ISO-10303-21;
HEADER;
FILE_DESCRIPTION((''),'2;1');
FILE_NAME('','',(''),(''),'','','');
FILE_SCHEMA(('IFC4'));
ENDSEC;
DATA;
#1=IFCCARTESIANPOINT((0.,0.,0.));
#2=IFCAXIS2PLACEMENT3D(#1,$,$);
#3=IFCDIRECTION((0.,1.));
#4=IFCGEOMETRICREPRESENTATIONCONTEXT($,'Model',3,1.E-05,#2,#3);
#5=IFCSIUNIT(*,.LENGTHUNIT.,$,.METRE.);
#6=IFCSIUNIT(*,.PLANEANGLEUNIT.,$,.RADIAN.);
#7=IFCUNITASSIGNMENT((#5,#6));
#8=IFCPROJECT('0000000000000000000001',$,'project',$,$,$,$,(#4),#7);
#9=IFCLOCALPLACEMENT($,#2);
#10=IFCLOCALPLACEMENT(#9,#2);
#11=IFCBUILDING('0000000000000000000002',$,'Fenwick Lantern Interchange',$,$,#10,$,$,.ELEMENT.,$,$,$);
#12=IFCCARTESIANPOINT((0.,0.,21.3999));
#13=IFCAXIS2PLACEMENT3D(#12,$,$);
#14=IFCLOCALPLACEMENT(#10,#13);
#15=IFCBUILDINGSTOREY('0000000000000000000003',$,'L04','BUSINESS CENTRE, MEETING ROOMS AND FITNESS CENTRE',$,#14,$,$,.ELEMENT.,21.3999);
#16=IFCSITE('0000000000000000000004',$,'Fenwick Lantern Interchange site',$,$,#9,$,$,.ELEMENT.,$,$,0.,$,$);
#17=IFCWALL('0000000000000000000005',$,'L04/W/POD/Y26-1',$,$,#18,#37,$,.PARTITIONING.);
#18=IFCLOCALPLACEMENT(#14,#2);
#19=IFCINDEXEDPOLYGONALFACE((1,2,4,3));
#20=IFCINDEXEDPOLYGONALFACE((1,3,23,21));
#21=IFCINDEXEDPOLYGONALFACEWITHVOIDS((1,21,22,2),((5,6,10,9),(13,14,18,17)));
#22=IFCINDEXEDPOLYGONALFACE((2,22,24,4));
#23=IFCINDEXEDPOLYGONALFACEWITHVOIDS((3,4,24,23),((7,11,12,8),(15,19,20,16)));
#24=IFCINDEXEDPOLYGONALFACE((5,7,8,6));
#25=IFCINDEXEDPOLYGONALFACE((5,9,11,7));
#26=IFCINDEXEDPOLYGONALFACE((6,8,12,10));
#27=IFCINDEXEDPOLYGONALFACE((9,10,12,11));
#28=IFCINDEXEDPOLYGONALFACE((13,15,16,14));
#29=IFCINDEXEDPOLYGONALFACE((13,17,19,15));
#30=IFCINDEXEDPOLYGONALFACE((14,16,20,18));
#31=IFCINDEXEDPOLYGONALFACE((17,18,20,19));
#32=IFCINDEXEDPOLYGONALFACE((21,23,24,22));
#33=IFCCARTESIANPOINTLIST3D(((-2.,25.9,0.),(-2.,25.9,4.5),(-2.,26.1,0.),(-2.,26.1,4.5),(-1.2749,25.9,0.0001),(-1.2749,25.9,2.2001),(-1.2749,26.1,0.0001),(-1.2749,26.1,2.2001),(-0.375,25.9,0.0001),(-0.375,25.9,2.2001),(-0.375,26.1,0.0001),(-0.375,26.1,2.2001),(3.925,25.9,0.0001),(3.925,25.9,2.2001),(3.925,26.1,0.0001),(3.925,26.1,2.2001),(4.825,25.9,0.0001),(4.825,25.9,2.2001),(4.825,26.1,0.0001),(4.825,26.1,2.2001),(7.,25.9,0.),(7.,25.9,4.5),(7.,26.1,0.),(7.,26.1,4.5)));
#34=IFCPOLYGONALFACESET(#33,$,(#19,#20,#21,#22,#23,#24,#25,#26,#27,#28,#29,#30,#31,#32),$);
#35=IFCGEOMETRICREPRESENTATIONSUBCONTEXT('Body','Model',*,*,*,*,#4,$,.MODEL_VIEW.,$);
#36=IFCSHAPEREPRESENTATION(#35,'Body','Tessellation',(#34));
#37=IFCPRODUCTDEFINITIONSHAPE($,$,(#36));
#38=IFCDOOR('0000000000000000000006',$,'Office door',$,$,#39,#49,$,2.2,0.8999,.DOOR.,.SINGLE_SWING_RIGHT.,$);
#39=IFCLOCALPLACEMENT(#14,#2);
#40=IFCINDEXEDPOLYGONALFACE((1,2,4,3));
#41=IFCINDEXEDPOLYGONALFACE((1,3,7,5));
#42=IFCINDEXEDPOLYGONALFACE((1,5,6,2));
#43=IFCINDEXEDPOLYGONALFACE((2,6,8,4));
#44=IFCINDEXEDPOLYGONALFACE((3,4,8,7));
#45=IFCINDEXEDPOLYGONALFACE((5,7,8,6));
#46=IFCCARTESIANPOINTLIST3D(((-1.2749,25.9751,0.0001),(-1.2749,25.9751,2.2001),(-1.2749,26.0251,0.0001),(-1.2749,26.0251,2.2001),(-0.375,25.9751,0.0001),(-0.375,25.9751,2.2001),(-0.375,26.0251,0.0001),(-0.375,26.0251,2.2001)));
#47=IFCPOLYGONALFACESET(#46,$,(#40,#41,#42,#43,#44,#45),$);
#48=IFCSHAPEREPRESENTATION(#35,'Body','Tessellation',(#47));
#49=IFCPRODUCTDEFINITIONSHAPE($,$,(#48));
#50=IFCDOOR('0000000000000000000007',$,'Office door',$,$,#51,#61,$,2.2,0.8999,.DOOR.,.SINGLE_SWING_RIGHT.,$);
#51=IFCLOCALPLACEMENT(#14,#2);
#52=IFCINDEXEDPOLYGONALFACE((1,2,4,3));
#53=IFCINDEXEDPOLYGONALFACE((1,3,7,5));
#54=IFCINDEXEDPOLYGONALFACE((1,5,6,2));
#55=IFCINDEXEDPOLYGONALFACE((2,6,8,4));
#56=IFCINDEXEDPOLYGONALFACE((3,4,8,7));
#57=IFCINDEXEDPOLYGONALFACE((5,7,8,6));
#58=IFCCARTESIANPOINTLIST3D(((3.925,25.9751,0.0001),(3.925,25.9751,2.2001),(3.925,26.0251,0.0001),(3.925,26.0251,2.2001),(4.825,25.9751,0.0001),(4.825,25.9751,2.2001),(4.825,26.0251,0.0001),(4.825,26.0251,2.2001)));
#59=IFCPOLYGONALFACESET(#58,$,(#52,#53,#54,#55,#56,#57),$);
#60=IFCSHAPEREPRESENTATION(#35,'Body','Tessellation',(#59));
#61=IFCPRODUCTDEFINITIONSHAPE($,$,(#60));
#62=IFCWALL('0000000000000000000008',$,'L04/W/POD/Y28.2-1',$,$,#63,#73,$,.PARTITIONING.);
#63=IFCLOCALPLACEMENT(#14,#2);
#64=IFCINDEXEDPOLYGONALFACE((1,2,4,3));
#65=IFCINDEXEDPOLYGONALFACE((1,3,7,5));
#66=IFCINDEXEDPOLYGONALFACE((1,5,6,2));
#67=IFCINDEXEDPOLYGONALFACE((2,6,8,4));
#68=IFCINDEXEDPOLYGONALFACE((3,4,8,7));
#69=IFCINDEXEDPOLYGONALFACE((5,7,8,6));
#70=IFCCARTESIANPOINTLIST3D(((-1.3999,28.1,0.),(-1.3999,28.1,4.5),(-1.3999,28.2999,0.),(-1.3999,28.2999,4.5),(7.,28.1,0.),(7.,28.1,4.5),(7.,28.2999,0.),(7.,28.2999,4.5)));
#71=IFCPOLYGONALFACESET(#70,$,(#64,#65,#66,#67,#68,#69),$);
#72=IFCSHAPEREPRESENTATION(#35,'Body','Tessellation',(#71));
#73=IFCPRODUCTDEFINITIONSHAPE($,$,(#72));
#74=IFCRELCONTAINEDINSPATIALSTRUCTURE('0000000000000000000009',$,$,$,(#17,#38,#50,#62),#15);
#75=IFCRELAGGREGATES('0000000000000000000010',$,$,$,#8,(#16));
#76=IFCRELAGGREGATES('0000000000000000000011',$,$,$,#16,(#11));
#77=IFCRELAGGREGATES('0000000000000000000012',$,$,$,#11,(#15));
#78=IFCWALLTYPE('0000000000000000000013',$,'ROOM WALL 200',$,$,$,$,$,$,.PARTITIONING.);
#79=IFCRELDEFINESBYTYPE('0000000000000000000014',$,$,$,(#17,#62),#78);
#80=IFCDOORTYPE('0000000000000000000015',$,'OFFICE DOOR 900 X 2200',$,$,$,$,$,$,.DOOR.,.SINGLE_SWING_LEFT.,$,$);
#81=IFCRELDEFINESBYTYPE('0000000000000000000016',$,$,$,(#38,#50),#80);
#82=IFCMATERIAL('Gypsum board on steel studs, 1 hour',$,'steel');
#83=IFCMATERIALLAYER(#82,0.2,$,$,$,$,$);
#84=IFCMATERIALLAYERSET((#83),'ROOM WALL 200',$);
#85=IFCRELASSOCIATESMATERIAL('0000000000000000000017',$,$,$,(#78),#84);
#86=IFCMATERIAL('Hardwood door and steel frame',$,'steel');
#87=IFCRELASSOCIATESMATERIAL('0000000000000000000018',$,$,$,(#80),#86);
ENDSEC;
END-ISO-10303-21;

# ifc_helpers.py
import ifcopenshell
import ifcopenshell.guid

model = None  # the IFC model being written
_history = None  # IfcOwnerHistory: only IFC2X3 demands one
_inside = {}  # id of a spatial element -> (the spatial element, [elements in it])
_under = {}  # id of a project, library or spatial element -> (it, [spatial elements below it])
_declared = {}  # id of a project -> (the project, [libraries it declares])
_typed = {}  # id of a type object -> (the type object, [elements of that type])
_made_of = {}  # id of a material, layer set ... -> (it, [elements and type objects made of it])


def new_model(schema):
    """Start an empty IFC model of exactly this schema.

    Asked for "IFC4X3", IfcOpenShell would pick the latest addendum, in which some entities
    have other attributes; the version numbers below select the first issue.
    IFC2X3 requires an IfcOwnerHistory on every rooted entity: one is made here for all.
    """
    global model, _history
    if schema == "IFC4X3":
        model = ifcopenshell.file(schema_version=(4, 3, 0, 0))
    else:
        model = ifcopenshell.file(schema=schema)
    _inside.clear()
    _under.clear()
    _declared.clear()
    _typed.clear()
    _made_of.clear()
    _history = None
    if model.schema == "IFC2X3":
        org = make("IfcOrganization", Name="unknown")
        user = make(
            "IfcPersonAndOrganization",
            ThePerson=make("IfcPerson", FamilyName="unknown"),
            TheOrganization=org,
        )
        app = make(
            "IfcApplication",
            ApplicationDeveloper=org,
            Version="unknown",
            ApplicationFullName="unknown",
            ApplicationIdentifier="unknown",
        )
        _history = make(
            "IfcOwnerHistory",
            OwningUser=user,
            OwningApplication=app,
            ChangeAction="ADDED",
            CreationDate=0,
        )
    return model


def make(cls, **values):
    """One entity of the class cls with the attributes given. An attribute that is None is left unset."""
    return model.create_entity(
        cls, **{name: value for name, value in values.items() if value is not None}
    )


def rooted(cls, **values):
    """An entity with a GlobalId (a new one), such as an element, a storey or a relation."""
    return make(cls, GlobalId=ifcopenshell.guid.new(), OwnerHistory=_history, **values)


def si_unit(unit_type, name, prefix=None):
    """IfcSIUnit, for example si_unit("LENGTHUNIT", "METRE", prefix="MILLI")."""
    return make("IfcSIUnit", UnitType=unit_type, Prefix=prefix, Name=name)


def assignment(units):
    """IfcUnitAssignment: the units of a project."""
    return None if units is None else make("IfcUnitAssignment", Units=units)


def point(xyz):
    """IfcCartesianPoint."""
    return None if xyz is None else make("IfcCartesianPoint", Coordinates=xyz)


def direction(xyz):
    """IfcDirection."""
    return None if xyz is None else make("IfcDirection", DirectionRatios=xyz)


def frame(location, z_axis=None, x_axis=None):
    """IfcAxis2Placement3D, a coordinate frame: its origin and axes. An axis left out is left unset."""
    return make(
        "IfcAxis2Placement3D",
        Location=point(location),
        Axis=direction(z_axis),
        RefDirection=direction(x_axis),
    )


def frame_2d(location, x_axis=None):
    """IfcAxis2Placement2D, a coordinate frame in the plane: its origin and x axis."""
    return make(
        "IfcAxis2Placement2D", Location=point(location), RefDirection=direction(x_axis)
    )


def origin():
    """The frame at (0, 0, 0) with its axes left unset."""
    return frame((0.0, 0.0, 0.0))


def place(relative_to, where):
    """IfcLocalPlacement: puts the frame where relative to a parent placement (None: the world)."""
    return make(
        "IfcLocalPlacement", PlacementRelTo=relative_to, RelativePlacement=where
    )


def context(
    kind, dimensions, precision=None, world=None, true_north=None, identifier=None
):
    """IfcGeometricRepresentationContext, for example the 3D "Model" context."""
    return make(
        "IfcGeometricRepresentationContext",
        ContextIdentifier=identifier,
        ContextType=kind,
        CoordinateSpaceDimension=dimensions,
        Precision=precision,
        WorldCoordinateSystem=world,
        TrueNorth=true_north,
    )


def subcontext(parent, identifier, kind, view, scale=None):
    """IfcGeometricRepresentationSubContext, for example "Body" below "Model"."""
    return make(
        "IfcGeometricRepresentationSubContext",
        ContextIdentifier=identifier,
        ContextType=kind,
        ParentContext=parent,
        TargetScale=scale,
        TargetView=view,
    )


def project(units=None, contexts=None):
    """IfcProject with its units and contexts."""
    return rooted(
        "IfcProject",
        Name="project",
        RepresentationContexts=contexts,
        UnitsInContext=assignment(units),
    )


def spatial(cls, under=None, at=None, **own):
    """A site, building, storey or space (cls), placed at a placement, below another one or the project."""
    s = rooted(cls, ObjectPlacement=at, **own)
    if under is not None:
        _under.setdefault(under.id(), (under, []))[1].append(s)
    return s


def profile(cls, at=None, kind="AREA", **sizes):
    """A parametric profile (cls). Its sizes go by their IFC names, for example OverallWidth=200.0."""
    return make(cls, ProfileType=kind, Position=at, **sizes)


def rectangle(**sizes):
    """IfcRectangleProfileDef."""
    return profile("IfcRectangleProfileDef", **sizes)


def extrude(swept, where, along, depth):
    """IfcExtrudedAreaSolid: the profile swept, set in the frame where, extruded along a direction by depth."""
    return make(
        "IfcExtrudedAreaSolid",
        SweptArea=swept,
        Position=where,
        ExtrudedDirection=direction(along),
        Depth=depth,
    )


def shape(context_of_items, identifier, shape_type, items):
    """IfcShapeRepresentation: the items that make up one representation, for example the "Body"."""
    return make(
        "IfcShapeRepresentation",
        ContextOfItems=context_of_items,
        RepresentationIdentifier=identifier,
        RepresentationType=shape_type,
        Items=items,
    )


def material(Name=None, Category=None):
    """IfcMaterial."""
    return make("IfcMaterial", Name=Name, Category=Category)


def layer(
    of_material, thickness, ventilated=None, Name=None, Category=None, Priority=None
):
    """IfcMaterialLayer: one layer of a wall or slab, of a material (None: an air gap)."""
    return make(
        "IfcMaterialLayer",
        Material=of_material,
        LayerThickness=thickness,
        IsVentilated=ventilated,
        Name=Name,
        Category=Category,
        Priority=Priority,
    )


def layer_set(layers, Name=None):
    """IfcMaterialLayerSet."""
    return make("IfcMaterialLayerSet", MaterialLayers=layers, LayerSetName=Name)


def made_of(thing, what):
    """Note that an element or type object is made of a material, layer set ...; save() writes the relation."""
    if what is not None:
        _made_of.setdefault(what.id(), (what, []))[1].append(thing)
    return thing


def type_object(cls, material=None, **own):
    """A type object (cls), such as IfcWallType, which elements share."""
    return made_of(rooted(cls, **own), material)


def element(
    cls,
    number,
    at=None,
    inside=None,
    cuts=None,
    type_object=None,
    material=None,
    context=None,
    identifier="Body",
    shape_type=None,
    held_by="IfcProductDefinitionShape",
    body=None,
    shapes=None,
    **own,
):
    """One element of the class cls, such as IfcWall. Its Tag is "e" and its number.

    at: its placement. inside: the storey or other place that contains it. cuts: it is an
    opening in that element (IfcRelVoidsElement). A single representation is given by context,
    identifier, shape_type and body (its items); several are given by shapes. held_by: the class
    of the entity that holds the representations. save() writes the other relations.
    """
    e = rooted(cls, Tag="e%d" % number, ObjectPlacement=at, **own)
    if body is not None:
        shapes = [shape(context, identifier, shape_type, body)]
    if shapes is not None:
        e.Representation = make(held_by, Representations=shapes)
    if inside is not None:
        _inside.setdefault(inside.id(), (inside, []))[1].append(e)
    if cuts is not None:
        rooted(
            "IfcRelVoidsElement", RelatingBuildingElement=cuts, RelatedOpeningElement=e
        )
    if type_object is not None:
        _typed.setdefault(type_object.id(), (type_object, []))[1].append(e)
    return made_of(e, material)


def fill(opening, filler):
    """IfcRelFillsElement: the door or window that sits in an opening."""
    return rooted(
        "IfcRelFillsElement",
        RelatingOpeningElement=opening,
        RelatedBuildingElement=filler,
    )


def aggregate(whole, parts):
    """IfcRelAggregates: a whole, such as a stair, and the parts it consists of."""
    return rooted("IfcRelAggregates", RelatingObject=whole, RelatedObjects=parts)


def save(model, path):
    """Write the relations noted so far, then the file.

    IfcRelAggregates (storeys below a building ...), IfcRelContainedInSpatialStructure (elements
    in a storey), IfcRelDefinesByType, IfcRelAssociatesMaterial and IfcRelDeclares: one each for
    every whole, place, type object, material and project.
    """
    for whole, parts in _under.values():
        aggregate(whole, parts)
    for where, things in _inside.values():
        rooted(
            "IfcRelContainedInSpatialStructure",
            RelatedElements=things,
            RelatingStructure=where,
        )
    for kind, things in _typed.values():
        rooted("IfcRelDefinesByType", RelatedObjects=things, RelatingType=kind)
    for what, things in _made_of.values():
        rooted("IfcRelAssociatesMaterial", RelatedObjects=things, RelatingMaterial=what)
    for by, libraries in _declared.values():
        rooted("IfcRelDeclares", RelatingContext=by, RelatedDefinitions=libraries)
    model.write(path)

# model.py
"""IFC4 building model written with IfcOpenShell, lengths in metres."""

from ifc_helpers import new_model, si_unit, direction, frame, frame_2d, origin, place, context, subcontext, project, spatial, rectangle, extrude, material, layer, layer_set, type_object, element, fill, save


model = new_model("IFC4")

# Units and contexts
model_context = context("Model", 3, precision=1e-05, world=origin(), true_north=direction((0.0, 1.0)))
body_context = subcontext(model_context, "Body", "Model", "MODEL_VIEW")
ifc_project = project(units=[si_unit("LENGTHUNIT", "METRE"), si_unit("PLANEANGLEUNIT", "RADIAN")], contexts=[model_context])

# Site, building, storey
site_placement = place(None, origin())
site = spatial("IfcSite", under=ifc_project, at=site_placement, Name="Fenwick Lantern Interchange site", CompositionType="ELEMENT", RefElevation=0.0)
building_placement = place(site_placement, origin())
building = spatial("IfcBuilding", under=site, at=building_placement, Name="Fenwick Lantern Interchange", CompositionType="ELEMENT")
storey_placement = place(building_placement, frame((0.0, 0.0, 21.3999)))
storey = spatial("IfcBuildingStorey", under=building, at=storey_placement, Name="L04", Description="BUSINESS CENTRE, MEETING ROOMS AND FITNESS CENTRE", CompositionType="ELEMENT", Elevation=21.3999)

# Shared definitions
ifc_material_1 = material(Name="Gypsum board on steel studs, 1 hour", Category="steel")
ifc_layer_1 = layer(ifc_material_1, 0.2)
ifc_layer_set_1 = layer_set([ifc_layer_1], Name="ROOM WALL 200")
wall_type_1 = type_object("IfcWallType", Name="ROOM WALL 200", PredefinedType="PARTITIONING", material=ifc_layer_set_1)
ifc_material_2 = material(Name="Hardwood door and steel frame", Category="steel")
door_type_1 = type_object("IfcDoorType", Name="OFFICE DOOR 900 X 2200", OperationType="SINGLE_SWING_LEFT", PredefinedType="DOOR", material=ifc_material_2)

# Wall, openings, doors
wall_1_placement = place(storey_placement, frame((-2.0, 26.0, 0.0), z_axis=(0.0, 0.0, 1.0), x_axis=(1.0, 0.0, 0.0)))
wall_1 = element("IfcWall", 1, at=wall_1_placement, inside=storey, type_object=wall_type_1, Name="L04/W/POD/Y26-1", PredefinedType="PARTITIONING", context=body_context, shape_type="SweptSolid", body=[
    extrude(rectangle(XDim=9.0, YDim=0.2, at=frame_2d((4.5, 0.0))), origin(), (0.0, 0.0, 1.0), 4.5),
])
opening_1_placement = place(wall_1_placement, frame((0.7251, 0.0, 0.0)))
opening_1 = element("IfcOpeningElement", 2, at=opening_1_placement, cuts=wall_1, PredefinedType="OPENING", context=body_context, shape_type="SweptSolid", body=[
    extrude(rectangle(XDim=0.8999, YDim=2.2, at=frame_2d((0.45, 1.1001))), frame((0.0, 0.1099, 0.0), z_axis=(0.0, -1.0, 0.0), x_axis=(1.0, 0.0, 0.0)), (0.0, 0.0, 1.0), 0.22),
])
opening_2_placement = place(wall_1_placement, frame((5.925, 0.0, 0.0)))
opening_2 = element("IfcOpeningElement", 3, at=opening_2_placement, cuts=wall_1, PredefinedType="OPENING", context=body_context, shape_type="SweptSolid", body=[
    extrude(rectangle(XDim=0.8999, YDim=2.2, at=frame_2d((0.45, 1.1001))), frame((0.0, 0.1099, 0.0), z_axis=(0.0, -1.0, 0.0), x_axis=(1.0, 0.0, 0.0)), (0.0, 0.0, 1.0), 0.22),
])
door_1_placement = place(opening_1_placement, frame((0.8999, 0.0, 0.0), z_axis=(0.0, 0.0, 1.0), x_axis=(-1.0, 0.0, 0.0)))
door_1 = element("IfcDoor", 4, at=door_1_placement, inside=storey, type_object=door_type_1, Name="Office door", OperationType="SINGLE_SWING_RIGHT", OverallHeight=2.2, OverallWidth=0.8999, PredefinedType="DOOR", context=body_context, shape_type="SweptSolid", body=[
    extrude(rectangle(XDim=0.8999, YDim=2.2, at=frame_2d((0.45, 1.1001))), frame((0.0, 0.0249, 0.0), z_axis=(0.0, -1.0, 0.0), x_axis=(1.0, 0.0, 0.0)), (0.0, 0.0, 1.0), 0.05),
])
fill(opening_1, door_1)
door_2_placement = place(opening_2_placement, frame((0.8999, 0.0, 0.0), z_axis=(0.0, 0.0, 1.0), x_axis=(-1.0, 0.0, 0.0)))
door_2 = element("IfcDoor", 5, at=door_2_placement, inside=storey, type_object=door_type_1, Name="Office door", OperationType="SINGLE_SWING_RIGHT", OverallHeight=2.2, OverallWidth=0.8999, PredefinedType="DOOR", context=body_context, shape_type="SweptSolid", body=[
    extrude(rectangle(XDim=0.8999, YDim=2.2, at=frame_2d((0.45, 1.1001))), frame((0.0, 0.0249, 0.0), z_axis=(0.0, -1.0, 0.0), x_axis=(1.0, 0.0, 0.0)), (0.0, 0.0, 1.0), 0.05),
])
fill(opening_2, door_2)

# Wall
wall_2_placement = place(storey_placement, frame((-1.3999, 28.2, 0.0), z_axis=(0.0, 0.0, 1.0), x_axis=(1.0, 0.0, 0.0)))
element("IfcWall", 6, at=wall_2_placement, inside=storey, type_object=wall_type_1, Name="L04/W/POD/Y28.2-1", PredefinedType="PARTITIONING", context=body_context, shape_type="SweptSolid", body=[
    extrude(rectangle(XDim=8.3999, YDim=0.2, at=frame_2d((4.2, 0.0))), origin(), (0.0, 0.0, 1.0), 4.5),
])

save(model, "model.ifc")
